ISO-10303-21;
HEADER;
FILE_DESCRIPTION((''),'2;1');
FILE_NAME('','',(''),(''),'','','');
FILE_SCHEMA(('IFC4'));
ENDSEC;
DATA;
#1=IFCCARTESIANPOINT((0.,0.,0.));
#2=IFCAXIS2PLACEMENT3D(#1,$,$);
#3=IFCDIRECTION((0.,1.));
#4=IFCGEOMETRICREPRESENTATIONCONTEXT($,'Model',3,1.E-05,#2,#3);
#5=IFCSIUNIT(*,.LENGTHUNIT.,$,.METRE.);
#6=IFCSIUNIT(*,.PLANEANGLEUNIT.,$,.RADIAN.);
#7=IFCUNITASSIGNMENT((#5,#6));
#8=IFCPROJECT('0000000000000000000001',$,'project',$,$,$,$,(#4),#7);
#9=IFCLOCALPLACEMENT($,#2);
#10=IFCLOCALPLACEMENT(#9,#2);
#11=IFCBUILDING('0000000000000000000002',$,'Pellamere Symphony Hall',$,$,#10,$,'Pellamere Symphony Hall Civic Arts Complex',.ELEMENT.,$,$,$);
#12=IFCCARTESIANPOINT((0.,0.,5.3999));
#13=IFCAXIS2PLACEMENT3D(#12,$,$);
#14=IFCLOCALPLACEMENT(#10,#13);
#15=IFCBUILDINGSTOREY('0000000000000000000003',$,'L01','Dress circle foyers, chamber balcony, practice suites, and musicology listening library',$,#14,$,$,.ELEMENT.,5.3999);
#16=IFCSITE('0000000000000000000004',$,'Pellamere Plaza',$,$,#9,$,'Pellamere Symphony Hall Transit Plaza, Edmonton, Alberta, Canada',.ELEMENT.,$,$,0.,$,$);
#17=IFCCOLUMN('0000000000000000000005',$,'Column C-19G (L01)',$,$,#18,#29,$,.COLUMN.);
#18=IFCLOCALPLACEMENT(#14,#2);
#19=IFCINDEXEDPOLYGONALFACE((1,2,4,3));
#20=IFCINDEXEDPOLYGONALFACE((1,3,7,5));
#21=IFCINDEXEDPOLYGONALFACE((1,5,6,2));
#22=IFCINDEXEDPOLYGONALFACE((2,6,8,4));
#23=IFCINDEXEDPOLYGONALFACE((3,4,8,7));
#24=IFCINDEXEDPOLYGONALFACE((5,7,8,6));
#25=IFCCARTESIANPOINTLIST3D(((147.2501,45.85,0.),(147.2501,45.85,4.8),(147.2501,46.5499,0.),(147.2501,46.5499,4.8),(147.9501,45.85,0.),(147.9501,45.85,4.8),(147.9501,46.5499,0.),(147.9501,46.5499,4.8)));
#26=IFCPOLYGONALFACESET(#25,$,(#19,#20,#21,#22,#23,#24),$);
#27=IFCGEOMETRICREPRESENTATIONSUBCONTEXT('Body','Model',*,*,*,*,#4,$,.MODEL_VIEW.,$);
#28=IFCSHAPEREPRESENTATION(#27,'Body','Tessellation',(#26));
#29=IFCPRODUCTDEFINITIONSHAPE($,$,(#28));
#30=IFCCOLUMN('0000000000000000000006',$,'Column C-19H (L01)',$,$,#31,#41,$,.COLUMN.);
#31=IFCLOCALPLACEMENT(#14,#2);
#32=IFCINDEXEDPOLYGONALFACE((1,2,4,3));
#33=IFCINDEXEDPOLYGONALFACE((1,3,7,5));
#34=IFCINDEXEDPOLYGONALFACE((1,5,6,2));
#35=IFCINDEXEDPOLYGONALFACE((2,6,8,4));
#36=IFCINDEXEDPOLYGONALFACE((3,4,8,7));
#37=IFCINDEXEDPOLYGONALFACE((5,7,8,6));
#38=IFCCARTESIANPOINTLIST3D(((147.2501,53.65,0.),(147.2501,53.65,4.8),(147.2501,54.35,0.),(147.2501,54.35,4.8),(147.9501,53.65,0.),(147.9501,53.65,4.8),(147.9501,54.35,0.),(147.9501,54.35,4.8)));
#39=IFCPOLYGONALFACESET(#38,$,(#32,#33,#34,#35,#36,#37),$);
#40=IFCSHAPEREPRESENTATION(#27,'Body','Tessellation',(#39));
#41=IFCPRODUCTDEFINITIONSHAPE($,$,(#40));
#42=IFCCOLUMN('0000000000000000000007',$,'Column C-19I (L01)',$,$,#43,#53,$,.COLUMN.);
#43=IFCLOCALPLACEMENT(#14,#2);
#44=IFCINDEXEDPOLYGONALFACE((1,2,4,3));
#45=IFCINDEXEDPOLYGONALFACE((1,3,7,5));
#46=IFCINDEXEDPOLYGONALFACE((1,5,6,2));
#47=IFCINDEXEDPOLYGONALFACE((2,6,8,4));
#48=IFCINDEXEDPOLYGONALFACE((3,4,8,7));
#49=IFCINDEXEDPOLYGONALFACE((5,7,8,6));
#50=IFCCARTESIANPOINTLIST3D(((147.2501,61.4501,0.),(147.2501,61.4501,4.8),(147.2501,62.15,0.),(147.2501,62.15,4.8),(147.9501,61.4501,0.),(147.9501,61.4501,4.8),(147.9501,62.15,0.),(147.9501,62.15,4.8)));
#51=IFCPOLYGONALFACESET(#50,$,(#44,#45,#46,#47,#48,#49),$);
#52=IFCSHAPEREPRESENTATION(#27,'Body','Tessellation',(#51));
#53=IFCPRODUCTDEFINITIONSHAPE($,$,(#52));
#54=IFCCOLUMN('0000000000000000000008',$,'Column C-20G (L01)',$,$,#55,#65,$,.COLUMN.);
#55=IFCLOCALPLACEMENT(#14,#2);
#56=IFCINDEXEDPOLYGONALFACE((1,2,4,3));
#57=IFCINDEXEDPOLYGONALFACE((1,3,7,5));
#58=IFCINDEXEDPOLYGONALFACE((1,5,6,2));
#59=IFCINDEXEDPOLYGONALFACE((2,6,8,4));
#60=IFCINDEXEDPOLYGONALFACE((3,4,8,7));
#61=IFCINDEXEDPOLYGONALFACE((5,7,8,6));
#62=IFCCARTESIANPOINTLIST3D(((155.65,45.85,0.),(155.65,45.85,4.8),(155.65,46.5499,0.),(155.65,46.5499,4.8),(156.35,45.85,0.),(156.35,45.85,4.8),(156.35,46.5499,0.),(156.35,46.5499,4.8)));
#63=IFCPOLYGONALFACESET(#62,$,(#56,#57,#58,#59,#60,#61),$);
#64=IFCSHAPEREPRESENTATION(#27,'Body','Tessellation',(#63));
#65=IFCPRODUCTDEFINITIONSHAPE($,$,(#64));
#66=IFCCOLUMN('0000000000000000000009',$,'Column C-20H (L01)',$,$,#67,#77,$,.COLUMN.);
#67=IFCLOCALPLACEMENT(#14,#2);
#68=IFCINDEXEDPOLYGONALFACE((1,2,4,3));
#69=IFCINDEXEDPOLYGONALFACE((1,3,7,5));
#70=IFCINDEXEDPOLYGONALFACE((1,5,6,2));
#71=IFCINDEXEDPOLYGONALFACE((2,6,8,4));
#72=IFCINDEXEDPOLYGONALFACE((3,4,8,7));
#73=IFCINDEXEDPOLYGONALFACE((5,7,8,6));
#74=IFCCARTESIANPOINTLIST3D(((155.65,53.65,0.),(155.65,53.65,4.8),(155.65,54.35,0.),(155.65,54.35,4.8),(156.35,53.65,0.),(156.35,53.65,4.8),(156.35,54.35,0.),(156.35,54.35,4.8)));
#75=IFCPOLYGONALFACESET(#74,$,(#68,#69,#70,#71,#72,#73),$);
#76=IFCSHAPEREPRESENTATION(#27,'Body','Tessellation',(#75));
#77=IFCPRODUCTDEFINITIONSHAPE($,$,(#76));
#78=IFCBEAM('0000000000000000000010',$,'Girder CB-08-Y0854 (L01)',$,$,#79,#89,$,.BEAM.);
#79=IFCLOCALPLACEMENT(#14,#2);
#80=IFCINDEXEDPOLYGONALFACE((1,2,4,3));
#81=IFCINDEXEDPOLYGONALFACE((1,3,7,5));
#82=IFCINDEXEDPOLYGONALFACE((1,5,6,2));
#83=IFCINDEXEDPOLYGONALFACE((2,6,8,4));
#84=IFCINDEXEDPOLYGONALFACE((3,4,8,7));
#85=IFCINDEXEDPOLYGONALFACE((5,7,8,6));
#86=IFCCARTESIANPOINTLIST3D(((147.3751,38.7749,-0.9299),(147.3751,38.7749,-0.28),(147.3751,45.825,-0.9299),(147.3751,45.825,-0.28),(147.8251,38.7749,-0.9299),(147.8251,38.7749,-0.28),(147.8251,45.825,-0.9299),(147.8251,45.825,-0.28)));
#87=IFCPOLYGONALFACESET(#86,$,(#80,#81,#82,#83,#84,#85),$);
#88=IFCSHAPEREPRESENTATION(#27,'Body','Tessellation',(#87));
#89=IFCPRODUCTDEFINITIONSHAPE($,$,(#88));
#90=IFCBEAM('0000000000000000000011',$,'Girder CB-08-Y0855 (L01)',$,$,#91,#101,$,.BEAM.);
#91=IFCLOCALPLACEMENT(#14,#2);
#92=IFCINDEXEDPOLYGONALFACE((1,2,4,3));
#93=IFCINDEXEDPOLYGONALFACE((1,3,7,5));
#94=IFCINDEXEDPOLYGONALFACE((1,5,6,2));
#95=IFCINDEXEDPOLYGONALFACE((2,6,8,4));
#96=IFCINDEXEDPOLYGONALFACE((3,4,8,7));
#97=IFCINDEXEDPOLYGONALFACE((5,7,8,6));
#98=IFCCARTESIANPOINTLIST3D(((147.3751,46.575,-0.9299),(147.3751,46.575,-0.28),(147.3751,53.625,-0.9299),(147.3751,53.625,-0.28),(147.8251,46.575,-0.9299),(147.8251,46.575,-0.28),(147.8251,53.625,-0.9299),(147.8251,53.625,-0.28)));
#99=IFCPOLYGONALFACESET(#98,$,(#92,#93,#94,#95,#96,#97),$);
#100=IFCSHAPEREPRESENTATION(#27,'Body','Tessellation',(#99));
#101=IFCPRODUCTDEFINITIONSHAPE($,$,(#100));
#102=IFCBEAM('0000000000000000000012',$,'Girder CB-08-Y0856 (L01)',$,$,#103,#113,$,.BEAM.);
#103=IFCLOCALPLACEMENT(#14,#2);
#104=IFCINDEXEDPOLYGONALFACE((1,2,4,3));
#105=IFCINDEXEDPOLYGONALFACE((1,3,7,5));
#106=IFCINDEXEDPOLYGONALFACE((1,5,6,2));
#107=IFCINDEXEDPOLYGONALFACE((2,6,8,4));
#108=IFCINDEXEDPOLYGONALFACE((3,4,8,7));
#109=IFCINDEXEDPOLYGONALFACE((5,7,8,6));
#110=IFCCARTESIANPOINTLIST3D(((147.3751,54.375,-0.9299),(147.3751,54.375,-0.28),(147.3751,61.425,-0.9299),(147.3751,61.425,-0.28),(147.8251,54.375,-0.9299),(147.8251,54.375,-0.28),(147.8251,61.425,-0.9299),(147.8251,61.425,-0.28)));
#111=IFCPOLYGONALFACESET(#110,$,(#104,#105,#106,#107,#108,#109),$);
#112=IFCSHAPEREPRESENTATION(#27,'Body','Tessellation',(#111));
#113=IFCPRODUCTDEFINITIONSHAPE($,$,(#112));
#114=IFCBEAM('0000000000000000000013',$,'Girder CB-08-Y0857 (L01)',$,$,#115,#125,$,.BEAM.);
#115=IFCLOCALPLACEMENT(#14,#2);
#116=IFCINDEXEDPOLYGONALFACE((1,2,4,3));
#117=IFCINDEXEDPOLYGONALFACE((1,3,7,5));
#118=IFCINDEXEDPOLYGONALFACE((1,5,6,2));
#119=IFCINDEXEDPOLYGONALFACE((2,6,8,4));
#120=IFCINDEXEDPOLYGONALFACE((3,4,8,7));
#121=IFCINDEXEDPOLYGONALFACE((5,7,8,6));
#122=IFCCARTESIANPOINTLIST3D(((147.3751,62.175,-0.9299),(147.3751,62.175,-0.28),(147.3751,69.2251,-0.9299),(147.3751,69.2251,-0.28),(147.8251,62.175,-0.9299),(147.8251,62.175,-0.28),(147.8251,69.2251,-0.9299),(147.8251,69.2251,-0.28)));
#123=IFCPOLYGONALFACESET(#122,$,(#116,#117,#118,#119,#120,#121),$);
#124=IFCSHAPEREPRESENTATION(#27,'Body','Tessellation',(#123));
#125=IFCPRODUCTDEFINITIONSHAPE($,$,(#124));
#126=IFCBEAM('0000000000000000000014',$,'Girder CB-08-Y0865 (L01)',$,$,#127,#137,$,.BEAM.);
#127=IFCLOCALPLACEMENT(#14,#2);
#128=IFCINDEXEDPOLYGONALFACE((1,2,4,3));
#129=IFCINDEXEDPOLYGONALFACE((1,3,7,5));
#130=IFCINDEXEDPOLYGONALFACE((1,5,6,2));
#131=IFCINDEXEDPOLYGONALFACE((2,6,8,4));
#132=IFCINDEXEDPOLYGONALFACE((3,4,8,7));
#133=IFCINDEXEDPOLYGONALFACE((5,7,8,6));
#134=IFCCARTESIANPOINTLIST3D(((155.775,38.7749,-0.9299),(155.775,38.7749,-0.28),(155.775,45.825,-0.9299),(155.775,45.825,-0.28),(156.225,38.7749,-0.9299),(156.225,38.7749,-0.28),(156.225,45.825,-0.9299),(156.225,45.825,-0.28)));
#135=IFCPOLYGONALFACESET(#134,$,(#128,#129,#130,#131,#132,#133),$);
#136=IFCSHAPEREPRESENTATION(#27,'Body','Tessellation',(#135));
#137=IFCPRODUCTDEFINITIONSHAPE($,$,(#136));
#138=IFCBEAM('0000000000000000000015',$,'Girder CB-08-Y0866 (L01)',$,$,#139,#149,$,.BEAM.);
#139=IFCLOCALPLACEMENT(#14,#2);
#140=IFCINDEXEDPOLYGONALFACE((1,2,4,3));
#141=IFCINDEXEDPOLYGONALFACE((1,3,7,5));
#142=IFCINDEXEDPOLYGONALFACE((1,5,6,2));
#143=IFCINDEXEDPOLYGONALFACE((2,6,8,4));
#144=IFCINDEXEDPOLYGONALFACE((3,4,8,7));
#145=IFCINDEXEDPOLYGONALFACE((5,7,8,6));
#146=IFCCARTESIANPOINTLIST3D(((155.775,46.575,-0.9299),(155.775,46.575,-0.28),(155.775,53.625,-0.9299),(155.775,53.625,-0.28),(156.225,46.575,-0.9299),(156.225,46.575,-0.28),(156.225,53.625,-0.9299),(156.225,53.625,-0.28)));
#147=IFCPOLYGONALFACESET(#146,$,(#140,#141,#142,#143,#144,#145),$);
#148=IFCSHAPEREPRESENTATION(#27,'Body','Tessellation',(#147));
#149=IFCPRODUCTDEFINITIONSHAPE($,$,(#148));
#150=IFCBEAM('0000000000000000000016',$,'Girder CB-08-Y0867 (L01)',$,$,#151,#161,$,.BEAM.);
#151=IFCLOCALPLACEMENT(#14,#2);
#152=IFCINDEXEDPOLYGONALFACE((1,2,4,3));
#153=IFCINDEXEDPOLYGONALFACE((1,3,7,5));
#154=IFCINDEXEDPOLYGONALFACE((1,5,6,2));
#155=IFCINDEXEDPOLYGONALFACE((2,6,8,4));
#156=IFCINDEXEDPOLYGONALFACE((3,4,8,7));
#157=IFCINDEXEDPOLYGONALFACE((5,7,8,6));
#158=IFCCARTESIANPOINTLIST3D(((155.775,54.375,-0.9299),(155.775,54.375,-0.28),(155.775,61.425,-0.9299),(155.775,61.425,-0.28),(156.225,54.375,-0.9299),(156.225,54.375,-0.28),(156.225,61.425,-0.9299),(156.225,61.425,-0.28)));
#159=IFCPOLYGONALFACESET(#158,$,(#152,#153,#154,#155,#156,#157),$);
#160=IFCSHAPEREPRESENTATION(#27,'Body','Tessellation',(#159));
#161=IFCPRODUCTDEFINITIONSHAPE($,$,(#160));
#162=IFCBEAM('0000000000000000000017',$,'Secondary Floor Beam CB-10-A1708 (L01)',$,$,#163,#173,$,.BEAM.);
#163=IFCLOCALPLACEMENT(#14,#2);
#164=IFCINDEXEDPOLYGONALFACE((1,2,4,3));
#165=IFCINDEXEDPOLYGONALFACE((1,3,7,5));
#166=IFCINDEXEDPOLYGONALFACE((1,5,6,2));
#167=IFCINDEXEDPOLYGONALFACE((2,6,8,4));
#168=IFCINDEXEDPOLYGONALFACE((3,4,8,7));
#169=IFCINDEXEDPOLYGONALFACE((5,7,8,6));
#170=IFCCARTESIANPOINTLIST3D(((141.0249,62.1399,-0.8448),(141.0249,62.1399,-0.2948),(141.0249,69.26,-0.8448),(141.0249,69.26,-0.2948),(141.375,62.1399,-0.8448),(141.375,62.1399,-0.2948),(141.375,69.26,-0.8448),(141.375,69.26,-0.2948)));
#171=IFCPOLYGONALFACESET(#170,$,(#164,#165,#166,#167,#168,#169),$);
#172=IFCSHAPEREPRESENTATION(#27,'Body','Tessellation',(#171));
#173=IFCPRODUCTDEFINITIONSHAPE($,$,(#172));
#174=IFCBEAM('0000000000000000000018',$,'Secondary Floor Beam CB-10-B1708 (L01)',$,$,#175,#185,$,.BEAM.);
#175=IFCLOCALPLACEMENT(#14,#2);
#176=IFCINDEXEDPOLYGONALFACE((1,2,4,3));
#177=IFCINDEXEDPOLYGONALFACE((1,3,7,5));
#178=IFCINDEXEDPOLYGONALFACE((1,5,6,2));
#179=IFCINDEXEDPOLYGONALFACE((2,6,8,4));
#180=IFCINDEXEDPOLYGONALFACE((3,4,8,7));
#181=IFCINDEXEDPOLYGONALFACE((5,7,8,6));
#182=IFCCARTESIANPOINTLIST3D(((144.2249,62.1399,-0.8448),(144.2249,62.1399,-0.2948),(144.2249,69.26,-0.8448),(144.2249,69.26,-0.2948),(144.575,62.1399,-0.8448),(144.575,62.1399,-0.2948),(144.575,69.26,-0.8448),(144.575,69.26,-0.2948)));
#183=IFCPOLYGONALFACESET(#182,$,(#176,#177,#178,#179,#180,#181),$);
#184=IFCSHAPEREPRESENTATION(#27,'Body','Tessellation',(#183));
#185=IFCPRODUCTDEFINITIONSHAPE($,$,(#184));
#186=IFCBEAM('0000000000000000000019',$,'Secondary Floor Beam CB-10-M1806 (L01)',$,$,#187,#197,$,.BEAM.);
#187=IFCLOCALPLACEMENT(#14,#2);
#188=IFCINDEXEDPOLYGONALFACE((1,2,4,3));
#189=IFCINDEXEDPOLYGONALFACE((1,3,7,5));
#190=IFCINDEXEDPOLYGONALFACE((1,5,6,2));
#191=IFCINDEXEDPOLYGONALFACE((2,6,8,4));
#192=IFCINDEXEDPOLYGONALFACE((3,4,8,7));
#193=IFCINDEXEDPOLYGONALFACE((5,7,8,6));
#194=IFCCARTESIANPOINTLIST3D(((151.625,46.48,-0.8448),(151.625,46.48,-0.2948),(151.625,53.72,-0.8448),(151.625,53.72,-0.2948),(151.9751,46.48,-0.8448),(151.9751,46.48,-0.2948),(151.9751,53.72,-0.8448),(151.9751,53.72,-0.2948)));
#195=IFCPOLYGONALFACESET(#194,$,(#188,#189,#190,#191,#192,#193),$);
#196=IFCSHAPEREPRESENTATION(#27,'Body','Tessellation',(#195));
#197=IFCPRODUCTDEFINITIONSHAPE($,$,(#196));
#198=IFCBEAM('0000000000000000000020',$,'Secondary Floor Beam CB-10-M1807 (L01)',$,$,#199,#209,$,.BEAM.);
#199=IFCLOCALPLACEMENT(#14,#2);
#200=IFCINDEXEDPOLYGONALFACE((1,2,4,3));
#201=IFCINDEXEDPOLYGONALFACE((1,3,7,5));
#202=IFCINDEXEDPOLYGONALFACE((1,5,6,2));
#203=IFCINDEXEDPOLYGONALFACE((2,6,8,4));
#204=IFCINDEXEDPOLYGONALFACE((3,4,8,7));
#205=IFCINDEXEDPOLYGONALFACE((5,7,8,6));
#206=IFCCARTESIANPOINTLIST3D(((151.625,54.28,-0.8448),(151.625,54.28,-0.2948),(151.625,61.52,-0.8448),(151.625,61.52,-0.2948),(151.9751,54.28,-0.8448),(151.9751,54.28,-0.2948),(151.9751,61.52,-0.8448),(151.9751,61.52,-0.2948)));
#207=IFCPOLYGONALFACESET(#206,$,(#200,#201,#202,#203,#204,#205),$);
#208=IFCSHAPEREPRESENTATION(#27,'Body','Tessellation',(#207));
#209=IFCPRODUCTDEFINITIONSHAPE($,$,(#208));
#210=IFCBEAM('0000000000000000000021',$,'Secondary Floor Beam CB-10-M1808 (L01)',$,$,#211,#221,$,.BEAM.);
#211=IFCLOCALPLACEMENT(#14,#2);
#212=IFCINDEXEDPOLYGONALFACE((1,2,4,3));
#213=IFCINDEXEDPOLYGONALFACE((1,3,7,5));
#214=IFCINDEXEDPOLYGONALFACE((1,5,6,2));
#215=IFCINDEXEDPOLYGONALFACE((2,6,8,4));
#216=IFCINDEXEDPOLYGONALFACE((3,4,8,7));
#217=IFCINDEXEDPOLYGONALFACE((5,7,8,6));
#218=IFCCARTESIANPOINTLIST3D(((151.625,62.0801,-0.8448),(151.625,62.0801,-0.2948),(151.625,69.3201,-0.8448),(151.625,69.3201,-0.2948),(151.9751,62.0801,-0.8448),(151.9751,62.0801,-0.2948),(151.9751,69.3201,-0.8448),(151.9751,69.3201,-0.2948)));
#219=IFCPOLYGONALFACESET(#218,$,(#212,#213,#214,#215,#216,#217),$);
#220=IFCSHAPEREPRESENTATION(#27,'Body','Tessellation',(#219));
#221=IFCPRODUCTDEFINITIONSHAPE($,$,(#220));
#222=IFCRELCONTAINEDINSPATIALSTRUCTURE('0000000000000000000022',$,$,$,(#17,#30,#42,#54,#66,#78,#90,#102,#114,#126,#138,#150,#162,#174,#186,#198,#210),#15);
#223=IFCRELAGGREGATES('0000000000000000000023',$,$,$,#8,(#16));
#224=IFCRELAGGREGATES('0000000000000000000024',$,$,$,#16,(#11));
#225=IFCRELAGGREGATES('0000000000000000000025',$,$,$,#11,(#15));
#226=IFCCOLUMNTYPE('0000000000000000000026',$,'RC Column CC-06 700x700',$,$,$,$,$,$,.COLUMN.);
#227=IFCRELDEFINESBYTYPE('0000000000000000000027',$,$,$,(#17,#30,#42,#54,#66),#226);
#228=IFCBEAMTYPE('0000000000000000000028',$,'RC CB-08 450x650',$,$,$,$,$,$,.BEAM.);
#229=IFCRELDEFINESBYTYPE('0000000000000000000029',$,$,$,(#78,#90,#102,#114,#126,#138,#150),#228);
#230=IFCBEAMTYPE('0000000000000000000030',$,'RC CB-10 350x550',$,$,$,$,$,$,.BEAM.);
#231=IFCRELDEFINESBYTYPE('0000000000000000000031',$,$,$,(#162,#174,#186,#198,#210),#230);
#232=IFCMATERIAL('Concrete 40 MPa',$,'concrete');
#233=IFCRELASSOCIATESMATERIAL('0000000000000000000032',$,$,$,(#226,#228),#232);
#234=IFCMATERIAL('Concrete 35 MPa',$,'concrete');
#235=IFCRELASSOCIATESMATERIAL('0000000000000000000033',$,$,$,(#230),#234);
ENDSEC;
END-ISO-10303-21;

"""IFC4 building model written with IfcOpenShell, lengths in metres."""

from ifc_helpers import new_model, si_unit, direction, frame, origin, origin_2d, place, context, subcontext, project, spatial, rectangle, extrude, material, material_profile, profile_set, type_object, element, save


model = new_model("IFC4")

# Units and contexts
model_context = context("Model", 3, precision=1e-05, world=origin(), true_north=direction((0.0, 1.0)))
body_context = subcontext(model_context, "Body", "Model", "MODEL_VIEW")
ifc_project = project(units=[si_unit("LENGTHUNIT", "METRE"), si_unit("PLANEANGLEUNIT", "RADIAN")], contexts=[model_context])

# Site, building, storey
site_placement = place(None, origin())
site = spatial("IfcSite", under=ifc_project, at=site_placement, Name="Pellamere Plaza", LongName="Pellamere Symphony Hall Transit Plaza, Edmonton, Alberta, Canada", CompositionType="ELEMENT", RefElevation=0.0)
building_placement = place(site_placement, origin())
building = spatial("IfcBuilding", under=site, at=building_placement, Name="Pellamere Symphony Hall", LongName="Pellamere Symphony Hall Civic Arts Complex", CompositionType="ELEMENT")
storey_placement = place(building_placement, frame((0.0, 0.0, 5.3999)))
storey = spatial("IfcBuildingStorey", under=building, at=storey_placement, Name="L01", Description="Dress circle foyers, chamber balcony, practice suites, and musicology listening library", CompositionType="ELEMENT", Elevation=5.3999)

# Columns
ifc_material_1 = material(Name="Concrete 40 MPa", Category="concrete")
ifc_material_profile_1 = material_profile(ifc_material_1, rectangle(XDim=0.7, YDim=0.7, at=origin_2d()), Name="RC 700x700")
ifc_profile_set_1 = profile_set([ifc_material_profile_1], Name="Concrete 40 MPa")
column_type = type_object("IfcColumnType", Name="RC Column CC-06 700x700", PredefinedType="COLUMN", material=ifc_profile_set_1)
for number, where, z_axis, x_axis, name in (
    (1, (147.6001, 46.2, 0.0), (0.0, 0.0, 1.0), (1.0, 0.0, 0.0), "Column C-19G (L01)"),
    (2, (147.6001, 54.0, 0.0), (0.0, 0.0, 1.0), (1.0, 0.0, 0.0), "Column C-19H (L01)"),
    (3, (147.6001, 61.8, 0.0), (0.0, 0.0, 1.0), (1.0, 0.0, 0.0), "Column C-19I (L01)"),
    (4, (156.0, 46.2, 0.0), (0.0, 0.0, 1.0), (1.0, 0.0, 0.0), "Column C-20G (L01)"),
    (5, (156.0, 54.0, 0.0), (0.0, 0.0, 1.0), (1.0, 0.0, 0.0), "Column C-20H (L01)"),
):
    element("IfcColumn", number, at=place(storey_placement, frame(where, z_axis=z_axis, x_axis=x_axis)), inside=storey, type_object=column_type, Name=name, PredefinedType="COLUMN", context=body_context, shape_type="SweptSolid", body=[
        extrude(rectangle(XDim=0.7, YDim=0.7, at=origin_2d()), origin(), (0.0, 0.0, 1.0), 4.8),
    ])

# Beams
ifc_material_profile_2 = material_profile(ifc_material_1, rectangle(XDim=0.45, YDim=0.6499, at=origin_2d()), Name="RC 450x650")
ifc_profile_set_2 = profile_set([ifc_material_profile_2], Name="Concrete 40 MPa")
beam_type_1 = type_object("IfcBeamType", Name="RC CB-08 450x650", PredefinedType="BEAM", material=ifc_profile_set_2)
for number, where, z_axis, x_axis, name in (
    (6, (147.6001, 38.7749, -0.605), (0.0, 1.0, 0.0), (-1.0, 0.0, 0.0), "Girder CB-08-Y0854 (L01)"),
    (7, (147.6001, 46.575, -0.605), (0.0, 1.0, 0.0), (-1.0, 0.0, 0.0), "Girder CB-08-Y0855 (L01)"),
    (8, (147.6001, 54.375, -0.605), (0.0, 1.0, 0.0), (-1.0, 0.0, 0.0), "Girder CB-08-Y0856 (L01)"),
    (9, (147.6001, 62.175, -0.605), (0.0, 1.0, 0.0), (-1.0, 0.0, 0.0), "Girder CB-08-Y0857 (L01)"),
    (10, (156.0, 38.7749, -0.605), (0.0, 1.0, 0.0), (-1.0, 0.0, 0.0), "Girder CB-08-Y0865 (L01)"),
    (11, (156.0, 46.575, -0.605), (0.0, 1.0, 0.0), (-1.0, 0.0, 0.0), "Girder CB-08-Y0866 (L01)"),
    (12, (156.0, 54.375, -0.605), (0.0, 1.0, 0.0), (-1.0, 0.0, 0.0), "Girder CB-08-Y0867 (L01)"),
):
    element("IfcBeam", number, at=place(storey_placement, frame(where, z_axis=z_axis, x_axis=x_axis)), inside=storey, type_object=beam_type_1, Name=name, PredefinedType="BEAM", context=body_context, shape_type="SweptSolid", body=[
        extrude(rectangle(XDim=0.45, YDim=0.6499, at=origin_2d()), origin(), (0.0, 0.0, 1.0), 7.05),
    ])
ifc_material_2 = material(Name="Concrete 35 MPa", Category="concrete")
ifc_material_profile_3 = material_profile(ifc_material_2, rectangle(XDim=0.3501, YDim=0.55, at=origin_2d()), Name="RC 350x550")
ifc_profile_set_3 = profile_set([ifc_material_profile_3], Name="Concrete 35 MPa")
beam_type_2 = type_object("IfcBeamType", Name="RC CB-10 350x550", PredefinedType="BEAM", material=ifc_profile_set_3)
for number, where, z_axis, x_axis, name in (
    (13, (141.2, 62.1399, -0.5698), (0.0, 1.0, 0.0), (-1.0, 0.0, 0.0), "Secondary Floor Beam CB-10-A1708 (L01)"),
    (14, (144.3999, 62.1399, -0.5698), (0.0, 1.0, 0.0), (-1.0, 0.0, 0.0), "Secondary Floor Beam CB-10-B1708 (L01)"),
):
    element("IfcBeam", number, at=place(storey_placement, frame(where, z_axis=z_axis, x_axis=x_axis)), inside=storey, type_object=beam_type_2, Name=name, PredefinedType="BEAM", context=body_context, shape_type="SweptSolid", body=[
        extrude(rectangle(XDim=0.3501, YDim=0.55, at=origin_2d()), origin(), (0.0, 0.0, 1.0), 7.1201),
    ])
for number, where, z_axis, x_axis, name in (
    (15, (151.8, 46.48, -0.5698), (0.0, 1.0, 0.0), (-1.0, 0.0, 0.0), "Secondary Floor Beam CB-10-M1806 (L01)"),
    (16, (151.8, 54.28, -0.5698), (0.0, 1.0, 0.0), (-1.0, 0.0, 0.0), "Secondary Floor Beam CB-10-M1807 (L01)"),
    (17, (151.8, 62.0801, -0.5698), (0.0, 1.0, 0.0), (-1.0, 0.0, 0.0), "Secondary Floor Beam CB-10-M1808 (L01)"),
):
    element("IfcBeam", number, at=place(storey_placement, frame(where, z_axis=z_axis, x_axis=x_axis)), inside=storey, type_object=beam_type_2, Name=name, PredefinedType="BEAM", context=body_context, shape_type="SweptSolid", body=[
        extrude(rectangle(XDim=0.3501, YDim=0.55, at=origin_2d()), origin(), (0.0, 0.0, 1.0), 7.24),
    ])

save(model, "model.ifc")
